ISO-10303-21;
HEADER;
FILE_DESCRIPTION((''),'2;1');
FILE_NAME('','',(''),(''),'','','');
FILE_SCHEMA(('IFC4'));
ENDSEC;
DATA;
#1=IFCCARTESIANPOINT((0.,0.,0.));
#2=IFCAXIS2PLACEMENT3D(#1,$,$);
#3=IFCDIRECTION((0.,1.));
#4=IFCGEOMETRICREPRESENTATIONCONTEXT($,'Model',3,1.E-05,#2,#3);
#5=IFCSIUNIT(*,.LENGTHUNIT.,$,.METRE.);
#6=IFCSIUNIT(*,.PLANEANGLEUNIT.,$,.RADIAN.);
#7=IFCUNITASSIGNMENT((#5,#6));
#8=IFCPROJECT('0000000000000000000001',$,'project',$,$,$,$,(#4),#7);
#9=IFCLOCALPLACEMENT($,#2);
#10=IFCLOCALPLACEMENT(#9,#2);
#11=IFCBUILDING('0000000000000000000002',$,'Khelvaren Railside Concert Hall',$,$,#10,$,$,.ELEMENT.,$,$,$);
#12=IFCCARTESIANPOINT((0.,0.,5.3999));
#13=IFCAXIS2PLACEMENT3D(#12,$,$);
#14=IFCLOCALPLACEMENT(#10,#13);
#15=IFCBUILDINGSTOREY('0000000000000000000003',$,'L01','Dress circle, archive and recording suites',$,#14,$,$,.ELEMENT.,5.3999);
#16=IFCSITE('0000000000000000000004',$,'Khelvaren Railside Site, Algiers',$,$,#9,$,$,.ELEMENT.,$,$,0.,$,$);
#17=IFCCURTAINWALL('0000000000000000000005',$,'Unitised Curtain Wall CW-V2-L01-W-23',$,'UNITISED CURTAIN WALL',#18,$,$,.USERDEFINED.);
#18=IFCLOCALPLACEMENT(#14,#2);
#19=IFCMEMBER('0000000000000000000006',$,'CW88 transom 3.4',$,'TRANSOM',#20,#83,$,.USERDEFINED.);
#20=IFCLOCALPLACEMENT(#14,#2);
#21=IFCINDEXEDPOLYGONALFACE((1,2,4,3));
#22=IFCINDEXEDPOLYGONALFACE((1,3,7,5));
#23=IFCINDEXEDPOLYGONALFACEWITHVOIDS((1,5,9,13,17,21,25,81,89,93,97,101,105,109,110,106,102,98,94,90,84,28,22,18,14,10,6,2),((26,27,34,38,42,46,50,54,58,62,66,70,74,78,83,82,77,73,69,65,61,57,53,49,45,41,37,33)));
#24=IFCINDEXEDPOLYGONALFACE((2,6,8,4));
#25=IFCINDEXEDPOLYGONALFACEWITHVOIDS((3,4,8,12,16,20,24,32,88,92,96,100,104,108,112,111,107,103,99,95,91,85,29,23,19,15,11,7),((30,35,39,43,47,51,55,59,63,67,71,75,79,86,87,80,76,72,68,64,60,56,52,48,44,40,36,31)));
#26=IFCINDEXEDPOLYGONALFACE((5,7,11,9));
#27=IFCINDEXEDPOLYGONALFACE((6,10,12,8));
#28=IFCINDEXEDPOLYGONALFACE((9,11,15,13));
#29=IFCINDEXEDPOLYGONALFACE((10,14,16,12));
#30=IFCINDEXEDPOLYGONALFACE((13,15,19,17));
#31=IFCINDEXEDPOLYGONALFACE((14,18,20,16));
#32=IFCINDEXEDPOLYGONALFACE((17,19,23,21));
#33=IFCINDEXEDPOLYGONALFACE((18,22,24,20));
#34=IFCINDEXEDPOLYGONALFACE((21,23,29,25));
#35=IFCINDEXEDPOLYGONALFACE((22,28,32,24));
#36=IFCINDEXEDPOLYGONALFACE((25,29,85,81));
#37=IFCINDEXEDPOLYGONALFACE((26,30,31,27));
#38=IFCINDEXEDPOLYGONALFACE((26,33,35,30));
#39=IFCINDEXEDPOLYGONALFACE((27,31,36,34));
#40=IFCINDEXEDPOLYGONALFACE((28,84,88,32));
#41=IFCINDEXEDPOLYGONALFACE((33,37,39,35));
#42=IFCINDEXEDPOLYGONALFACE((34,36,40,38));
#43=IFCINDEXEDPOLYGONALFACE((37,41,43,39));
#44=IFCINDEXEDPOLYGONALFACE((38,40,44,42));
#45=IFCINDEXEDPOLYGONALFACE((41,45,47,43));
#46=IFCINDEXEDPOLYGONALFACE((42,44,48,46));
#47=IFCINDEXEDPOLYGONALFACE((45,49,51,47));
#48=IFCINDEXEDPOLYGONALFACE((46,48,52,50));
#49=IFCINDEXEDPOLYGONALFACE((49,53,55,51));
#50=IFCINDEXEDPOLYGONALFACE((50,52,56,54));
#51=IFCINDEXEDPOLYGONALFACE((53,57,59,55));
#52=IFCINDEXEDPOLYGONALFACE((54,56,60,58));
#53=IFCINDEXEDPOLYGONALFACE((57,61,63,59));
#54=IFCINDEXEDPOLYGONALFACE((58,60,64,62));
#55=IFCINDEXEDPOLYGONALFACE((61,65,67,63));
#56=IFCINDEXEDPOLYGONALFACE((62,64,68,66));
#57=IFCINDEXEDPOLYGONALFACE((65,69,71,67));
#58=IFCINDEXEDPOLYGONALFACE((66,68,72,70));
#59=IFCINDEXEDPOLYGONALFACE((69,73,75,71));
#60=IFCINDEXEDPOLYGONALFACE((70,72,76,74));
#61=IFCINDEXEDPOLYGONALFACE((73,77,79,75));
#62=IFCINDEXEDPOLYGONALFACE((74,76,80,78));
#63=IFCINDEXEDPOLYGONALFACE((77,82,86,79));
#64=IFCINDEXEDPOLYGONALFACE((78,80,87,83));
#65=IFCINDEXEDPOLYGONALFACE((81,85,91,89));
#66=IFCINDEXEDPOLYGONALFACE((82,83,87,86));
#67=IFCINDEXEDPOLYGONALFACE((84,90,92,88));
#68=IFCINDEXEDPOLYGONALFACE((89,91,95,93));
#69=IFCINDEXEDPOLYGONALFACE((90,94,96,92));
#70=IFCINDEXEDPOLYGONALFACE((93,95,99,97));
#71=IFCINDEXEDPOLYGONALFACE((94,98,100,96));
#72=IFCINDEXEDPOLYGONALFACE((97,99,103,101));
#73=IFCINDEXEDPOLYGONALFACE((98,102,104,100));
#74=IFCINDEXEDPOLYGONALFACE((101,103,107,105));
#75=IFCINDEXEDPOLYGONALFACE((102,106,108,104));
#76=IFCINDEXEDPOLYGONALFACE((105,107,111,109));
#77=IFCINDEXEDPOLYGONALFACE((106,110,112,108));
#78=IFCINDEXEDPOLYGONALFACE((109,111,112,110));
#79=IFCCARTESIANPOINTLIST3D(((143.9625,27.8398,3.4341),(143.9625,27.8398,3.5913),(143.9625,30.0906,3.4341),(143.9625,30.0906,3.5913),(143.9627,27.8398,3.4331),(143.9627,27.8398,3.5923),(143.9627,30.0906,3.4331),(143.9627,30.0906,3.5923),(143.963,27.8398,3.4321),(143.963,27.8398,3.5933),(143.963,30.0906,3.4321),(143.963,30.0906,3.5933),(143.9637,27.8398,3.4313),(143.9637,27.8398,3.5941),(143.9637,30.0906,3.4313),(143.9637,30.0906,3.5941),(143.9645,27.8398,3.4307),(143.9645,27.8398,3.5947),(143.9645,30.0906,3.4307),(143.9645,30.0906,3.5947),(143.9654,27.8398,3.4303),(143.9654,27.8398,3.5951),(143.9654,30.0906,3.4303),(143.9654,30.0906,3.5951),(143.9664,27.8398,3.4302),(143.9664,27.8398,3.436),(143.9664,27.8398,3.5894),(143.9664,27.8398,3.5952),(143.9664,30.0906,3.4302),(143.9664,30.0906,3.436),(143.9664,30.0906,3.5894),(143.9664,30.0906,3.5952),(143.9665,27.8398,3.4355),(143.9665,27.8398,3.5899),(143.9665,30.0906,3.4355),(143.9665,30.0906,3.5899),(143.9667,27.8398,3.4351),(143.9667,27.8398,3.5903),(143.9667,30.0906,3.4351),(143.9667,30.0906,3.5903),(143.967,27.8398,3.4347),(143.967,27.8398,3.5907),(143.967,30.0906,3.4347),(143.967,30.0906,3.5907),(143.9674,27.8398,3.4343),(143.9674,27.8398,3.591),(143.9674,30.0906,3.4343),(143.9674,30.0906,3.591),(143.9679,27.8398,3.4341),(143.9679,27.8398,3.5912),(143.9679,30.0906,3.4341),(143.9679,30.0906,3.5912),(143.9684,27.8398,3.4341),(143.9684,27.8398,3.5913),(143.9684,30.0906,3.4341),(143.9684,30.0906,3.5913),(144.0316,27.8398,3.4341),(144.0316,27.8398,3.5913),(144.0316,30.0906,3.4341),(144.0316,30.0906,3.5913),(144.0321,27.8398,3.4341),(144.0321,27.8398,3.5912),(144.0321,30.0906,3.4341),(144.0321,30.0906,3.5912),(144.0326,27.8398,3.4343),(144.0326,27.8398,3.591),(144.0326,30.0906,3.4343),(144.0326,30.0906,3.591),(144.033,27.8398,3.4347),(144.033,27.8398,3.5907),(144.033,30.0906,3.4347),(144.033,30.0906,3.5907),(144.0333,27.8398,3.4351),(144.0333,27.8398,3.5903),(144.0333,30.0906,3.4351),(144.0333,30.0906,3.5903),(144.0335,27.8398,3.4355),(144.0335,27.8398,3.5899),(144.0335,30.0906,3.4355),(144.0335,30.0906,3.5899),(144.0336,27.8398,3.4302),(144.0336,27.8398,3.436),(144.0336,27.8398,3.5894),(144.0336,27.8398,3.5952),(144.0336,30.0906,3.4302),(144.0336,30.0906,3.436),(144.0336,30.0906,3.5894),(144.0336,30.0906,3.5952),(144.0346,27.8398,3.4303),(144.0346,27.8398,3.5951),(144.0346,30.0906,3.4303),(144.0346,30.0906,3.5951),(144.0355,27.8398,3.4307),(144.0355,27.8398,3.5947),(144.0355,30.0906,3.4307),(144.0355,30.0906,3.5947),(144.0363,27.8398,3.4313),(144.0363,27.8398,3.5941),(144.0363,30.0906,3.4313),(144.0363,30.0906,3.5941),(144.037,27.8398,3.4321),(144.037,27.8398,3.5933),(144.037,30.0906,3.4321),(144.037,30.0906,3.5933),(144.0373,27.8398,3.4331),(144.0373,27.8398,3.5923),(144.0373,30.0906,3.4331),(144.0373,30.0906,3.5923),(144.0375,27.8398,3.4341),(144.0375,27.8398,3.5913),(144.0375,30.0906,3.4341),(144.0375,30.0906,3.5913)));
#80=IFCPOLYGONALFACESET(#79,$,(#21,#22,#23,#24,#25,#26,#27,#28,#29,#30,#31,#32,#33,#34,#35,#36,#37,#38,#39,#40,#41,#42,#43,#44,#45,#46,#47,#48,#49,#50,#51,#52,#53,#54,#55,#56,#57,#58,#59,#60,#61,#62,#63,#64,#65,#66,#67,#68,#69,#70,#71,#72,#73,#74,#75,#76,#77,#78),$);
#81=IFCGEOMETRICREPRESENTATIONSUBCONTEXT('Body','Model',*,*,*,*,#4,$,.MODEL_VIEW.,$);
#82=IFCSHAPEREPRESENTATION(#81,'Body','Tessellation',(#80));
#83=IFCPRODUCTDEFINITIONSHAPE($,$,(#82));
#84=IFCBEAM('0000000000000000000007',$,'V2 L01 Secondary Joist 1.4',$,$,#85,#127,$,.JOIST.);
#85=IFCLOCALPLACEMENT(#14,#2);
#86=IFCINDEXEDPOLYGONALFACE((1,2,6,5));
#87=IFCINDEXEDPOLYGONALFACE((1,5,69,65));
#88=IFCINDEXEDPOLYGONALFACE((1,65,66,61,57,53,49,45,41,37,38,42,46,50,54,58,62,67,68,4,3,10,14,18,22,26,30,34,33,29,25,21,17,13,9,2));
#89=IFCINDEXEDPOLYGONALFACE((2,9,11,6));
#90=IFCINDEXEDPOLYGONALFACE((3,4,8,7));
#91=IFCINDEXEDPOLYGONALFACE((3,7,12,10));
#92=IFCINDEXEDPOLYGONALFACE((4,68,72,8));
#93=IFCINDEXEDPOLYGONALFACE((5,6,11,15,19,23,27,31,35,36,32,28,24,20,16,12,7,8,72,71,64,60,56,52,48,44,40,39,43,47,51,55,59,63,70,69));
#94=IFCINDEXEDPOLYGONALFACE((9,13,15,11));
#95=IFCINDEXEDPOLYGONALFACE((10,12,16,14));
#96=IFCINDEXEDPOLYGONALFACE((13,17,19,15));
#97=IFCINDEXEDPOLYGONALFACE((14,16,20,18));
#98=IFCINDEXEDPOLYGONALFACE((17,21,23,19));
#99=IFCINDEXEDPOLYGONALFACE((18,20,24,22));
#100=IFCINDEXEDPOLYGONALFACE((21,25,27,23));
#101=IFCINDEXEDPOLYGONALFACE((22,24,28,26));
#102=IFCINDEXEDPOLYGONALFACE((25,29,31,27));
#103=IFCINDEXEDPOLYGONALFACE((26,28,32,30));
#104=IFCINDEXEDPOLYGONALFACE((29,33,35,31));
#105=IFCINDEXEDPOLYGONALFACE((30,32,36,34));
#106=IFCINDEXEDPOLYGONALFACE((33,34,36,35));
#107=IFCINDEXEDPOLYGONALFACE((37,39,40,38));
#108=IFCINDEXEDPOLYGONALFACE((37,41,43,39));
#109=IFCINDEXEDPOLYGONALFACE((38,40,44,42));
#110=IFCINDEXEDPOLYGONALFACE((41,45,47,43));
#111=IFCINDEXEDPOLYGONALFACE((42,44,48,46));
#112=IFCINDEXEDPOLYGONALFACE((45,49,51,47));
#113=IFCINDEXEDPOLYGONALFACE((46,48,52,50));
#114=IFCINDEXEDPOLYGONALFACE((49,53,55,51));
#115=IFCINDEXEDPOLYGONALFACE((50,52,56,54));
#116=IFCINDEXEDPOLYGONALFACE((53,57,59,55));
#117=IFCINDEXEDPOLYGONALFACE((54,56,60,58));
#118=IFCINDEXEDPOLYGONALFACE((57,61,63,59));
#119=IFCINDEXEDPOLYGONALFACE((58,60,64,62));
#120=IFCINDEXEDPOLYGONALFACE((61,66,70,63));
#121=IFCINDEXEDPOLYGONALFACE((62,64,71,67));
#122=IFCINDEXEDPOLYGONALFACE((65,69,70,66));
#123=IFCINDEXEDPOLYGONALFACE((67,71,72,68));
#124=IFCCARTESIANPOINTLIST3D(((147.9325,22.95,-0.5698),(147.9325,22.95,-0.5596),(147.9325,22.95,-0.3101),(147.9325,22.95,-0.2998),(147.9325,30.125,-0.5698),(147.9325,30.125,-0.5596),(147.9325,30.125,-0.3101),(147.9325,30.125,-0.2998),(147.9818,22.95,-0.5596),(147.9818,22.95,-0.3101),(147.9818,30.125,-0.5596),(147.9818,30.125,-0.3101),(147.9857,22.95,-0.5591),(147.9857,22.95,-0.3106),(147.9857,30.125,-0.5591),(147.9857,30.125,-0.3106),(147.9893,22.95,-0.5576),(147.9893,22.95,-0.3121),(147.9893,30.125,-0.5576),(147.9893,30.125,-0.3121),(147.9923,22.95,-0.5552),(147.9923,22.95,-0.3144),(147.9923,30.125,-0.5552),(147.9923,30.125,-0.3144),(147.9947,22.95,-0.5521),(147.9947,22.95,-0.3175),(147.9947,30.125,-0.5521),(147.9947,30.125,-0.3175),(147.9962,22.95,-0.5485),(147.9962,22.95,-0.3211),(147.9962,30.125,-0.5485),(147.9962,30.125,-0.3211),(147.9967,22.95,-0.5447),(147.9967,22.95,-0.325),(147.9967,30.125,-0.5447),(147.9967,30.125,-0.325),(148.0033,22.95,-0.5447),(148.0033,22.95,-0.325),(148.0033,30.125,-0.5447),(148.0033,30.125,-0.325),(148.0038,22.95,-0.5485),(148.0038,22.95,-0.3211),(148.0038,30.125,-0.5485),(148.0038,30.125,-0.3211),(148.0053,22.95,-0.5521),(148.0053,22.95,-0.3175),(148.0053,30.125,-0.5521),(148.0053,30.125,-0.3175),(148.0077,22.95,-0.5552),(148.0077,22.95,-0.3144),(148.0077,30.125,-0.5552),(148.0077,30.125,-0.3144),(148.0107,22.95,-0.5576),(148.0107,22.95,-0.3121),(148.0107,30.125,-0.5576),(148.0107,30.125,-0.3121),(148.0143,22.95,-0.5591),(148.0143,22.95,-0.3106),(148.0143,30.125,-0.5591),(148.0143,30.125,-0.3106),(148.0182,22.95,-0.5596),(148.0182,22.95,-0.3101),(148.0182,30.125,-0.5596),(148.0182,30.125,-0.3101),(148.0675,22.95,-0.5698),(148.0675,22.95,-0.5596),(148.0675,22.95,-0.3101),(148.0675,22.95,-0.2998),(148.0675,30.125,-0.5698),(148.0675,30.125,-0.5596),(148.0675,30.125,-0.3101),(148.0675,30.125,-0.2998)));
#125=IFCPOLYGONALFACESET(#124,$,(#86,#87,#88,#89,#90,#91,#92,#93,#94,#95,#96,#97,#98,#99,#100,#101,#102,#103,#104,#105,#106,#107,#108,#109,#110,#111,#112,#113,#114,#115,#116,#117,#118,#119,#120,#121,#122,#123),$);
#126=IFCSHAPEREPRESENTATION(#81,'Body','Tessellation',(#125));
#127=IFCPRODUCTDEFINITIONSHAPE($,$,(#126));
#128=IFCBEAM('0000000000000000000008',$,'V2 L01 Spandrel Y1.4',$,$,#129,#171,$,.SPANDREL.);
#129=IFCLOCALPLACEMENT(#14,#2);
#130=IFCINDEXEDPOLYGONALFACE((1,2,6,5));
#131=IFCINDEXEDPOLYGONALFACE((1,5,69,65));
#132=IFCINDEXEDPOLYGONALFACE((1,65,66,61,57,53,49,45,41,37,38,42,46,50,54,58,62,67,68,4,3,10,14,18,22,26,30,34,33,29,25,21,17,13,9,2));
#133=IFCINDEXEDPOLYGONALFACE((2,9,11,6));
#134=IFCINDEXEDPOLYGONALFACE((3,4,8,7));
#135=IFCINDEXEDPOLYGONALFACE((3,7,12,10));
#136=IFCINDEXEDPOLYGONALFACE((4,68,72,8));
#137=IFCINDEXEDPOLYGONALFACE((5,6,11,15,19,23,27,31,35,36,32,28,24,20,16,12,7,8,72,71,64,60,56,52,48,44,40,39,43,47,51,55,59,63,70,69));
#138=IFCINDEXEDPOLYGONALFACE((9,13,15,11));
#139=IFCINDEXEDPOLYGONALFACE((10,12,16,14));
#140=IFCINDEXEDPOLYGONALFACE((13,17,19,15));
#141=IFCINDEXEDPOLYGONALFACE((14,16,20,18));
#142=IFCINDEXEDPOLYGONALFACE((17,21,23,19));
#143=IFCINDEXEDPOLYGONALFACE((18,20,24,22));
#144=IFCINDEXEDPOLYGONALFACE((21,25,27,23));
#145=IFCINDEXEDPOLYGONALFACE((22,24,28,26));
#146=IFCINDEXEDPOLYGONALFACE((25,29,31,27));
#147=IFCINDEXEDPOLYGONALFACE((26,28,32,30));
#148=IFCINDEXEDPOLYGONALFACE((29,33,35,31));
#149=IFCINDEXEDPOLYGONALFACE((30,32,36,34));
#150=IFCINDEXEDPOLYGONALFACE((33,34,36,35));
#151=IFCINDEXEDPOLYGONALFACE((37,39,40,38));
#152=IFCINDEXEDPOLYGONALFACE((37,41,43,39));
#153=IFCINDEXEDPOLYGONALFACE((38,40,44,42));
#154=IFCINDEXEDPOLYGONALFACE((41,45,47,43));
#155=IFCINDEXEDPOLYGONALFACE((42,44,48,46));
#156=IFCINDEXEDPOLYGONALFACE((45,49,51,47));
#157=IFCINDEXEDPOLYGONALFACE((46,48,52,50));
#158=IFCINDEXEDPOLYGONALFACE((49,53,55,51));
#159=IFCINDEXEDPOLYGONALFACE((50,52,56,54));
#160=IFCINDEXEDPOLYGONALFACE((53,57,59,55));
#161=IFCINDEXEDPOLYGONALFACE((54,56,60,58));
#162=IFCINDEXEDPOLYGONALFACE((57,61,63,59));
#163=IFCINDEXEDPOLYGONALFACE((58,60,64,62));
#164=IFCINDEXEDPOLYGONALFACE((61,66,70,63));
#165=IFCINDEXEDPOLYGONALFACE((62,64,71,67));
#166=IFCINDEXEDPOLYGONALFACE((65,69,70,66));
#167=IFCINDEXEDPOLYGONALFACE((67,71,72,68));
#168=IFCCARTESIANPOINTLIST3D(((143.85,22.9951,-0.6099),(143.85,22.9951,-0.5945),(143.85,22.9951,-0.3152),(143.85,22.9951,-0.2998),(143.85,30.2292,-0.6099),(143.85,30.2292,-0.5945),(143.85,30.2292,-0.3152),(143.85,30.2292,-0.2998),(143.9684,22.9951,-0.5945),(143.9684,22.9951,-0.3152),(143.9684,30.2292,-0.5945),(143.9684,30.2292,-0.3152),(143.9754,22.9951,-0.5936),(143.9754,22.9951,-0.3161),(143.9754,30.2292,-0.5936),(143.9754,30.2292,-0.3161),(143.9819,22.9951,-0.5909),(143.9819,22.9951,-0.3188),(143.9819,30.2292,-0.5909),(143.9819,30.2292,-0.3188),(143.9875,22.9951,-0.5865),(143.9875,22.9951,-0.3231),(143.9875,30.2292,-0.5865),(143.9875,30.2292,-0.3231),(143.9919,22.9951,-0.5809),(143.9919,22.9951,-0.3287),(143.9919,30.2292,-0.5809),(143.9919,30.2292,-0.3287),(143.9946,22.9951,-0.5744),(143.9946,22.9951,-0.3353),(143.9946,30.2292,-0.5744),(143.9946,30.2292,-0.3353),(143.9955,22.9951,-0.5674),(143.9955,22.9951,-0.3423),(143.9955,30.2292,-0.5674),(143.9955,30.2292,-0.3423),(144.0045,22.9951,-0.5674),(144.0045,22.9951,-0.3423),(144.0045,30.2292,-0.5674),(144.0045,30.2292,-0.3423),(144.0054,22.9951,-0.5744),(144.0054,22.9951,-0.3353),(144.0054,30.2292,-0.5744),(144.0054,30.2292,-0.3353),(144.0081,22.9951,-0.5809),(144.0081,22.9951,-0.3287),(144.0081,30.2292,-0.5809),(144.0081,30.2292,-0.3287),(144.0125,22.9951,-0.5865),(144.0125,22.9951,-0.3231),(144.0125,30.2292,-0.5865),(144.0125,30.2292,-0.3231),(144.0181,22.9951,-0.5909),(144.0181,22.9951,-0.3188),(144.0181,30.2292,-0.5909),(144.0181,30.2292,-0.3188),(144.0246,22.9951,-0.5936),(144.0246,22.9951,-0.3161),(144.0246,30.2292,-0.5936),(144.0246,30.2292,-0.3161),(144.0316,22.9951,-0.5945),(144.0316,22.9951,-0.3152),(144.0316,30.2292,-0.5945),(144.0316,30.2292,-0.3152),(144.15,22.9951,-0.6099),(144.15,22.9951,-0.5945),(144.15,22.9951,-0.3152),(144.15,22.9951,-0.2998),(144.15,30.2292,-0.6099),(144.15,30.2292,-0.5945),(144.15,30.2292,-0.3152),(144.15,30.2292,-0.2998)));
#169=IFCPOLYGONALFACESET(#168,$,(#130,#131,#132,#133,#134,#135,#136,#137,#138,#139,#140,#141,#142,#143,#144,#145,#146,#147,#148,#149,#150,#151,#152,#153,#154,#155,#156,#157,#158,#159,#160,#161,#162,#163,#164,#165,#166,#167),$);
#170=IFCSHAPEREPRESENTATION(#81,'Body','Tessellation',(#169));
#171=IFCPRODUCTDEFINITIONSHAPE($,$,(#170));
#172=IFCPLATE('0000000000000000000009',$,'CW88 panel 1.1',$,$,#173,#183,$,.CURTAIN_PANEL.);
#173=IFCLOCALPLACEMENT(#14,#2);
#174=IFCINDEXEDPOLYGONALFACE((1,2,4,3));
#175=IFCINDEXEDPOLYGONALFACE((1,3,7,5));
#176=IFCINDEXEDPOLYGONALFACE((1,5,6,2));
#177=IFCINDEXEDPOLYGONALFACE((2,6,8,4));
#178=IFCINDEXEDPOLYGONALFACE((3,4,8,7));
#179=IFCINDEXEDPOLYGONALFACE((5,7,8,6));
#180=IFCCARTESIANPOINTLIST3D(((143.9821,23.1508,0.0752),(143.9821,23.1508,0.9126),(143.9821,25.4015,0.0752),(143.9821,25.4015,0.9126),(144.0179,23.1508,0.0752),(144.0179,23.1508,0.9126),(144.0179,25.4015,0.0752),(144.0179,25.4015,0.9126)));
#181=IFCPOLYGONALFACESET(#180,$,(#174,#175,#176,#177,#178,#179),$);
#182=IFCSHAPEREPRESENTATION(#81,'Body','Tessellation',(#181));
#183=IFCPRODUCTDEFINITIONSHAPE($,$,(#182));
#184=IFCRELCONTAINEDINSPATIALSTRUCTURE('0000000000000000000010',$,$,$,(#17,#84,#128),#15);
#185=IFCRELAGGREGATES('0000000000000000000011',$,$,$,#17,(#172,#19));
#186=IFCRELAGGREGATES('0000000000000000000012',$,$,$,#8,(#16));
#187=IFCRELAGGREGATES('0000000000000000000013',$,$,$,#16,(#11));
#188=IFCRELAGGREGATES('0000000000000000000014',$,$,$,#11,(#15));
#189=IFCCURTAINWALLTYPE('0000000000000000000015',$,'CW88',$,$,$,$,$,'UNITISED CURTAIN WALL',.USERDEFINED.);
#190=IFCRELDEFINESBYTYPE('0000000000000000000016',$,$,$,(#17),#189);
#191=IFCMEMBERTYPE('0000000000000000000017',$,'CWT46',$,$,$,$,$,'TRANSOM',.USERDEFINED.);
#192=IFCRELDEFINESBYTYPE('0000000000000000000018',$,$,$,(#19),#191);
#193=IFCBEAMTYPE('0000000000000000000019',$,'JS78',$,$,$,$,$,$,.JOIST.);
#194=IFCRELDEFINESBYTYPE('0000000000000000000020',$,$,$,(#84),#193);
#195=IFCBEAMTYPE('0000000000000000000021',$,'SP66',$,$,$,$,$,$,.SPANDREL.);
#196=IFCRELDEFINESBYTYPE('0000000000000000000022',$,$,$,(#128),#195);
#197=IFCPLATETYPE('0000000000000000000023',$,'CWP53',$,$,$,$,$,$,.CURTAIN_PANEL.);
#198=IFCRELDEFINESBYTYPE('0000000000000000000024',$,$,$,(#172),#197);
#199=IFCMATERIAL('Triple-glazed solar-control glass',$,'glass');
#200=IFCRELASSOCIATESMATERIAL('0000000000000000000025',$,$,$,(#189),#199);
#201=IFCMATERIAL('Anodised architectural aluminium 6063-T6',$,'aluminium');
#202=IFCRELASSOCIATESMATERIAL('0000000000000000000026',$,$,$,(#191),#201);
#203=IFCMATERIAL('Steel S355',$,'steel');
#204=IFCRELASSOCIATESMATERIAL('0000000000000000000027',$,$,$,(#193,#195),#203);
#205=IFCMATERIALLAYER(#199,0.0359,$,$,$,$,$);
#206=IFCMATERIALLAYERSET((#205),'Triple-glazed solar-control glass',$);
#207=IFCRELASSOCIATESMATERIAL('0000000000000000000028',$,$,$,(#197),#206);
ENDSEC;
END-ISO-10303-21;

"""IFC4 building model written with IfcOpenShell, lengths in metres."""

from ifc_helpers import new_model, si_unit, direction, frame, origin, origin_2d, place, context, subcontext, project, spatial, rectangle, hollow_rectangle, i_section, extrude, material, layer, layer_set, material_profile, profile_set, type_object, element, aggregate, save


model = new_model("IFC4")

# Units and contexts
model_context = context("Model", 3, precision=1e-05, world=origin(), true_north=direction((0.0, 1.0)))
body_context = subcontext(model_context, "Body", "Model", "MODEL_VIEW")
ifc_project = project(units=[si_unit("LENGTHUNIT", "METRE"), si_unit("PLANEANGLEUNIT", "RADIAN")], contexts=[model_context])

# Site, building, storey
site_placement = place(None, origin())
site = spatial("IfcSite", under=ifc_project, at=site_placement, Name="Khelvaren Railside Site, Algiers", CompositionType="ELEMENT", RefElevation=0.0)
building_placement = place(site_placement, origin())
building = spatial("IfcBuilding", under=site, at=building_placement, Name="Khelvaren Railside Concert Hall", CompositionType="ELEMENT")
storey_placement = place(building_placement, frame((0.0, 0.0, 5.3999)))
storey = spatial("IfcBuildingStorey", under=building, at=storey_placement, Name="L01", Description="Dress circle, archive and recording suites", CompositionType="ELEMENT", Elevation=5.3999)

# Shared definitions
ifc_material_1 = material(Name="Steel S355", Category="steel")

# Curtain wall, member
ifc_material_2 = material(Name="Triple-glazed solar-control glass", Category="glass")
curtain_wall_type = type_object("IfcCurtainWallType", Name="CW88", ElementType="UNITISED CURTAIN WALL", PredefinedType="USERDEFINED", material=ifc_material_2)
curtain_wall_placement = place(storey_placement, origin())
curtain_wall = element("IfcCurtainWall", 1, at=curtain_wall_placement, inside=storey, type_object=curtain_wall_type, Name="Unitised Curtain Wall CW-V2-L01-W-23", ObjectType="UNITISED CURTAIN WALL", PredefinedType="USERDEFINED")
ifc_material_3 = material(Name="Anodised architectural aluminium 6063-T6", Category="aluminium")
ifc_material_profile_1 = material_profile(ifc_material_3, hollow_rectangle(XDim=0.075, YDim=0.165, WallThickness=0.0039, InnerFilletRadius=0.002, OuterFilletRadius=0.0039, at=origin_2d()), Name="CWT 75x165x4")
ifc_profile_set_1 = profile_set([ifc_material_profile_1], Name="Anodised architectural aluminium 6063-T6")
member_type_1 = type_object("IfcMemberType", Name="CWT46", ElementType="TRANSOM", PredefinedType="USERDEFINED", material=ifc_profile_set_1)
member_1_placement = place(storey_placement, frame((144.0, 27.8398, 3.5127), z_axis=(0.0, 1.0, 0.0), x_axis=(-1.0, 0.0, 0.0)))
member_1 = element("IfcMember", 2, at=member_1_placement, type_object=member_type_1, Name="CW88 transom 3.4", ObjectType="TRANSOM", PredefinedType="USERDEFINED", context=body_context, shape_type="SweptSolid", body=[
    extrude(hollow_rectangle(XDim=0.075, YDim=0.165, WallThickness=0.0039, InnerFilletRadius=0.002, OuterFilletRadius=0.0039, at=origin_2d()), origin(), (0.0, 0.0, 1.0), 2.2507),
])

# Beams
ifc_material_profile_2 = material_profile(ifc_material_1, i_section(OverallWidth=0.135, OverallDepth=0.27, WebThickness=0.0066, FlangeThickness=0.0103, FilletRadius=0.0149, at=origin_2d()), Name="IPE 270")
ifc_profile_set_2 = profile_set([ifc_material_profile_2], Name="Steel S355")
beam_type_1 = type_object("IfcBeamType", Name="JS78", PredefinedType="JOIST", material=ifc_profile_set_2)
beam_1_placement = place(storey_placement, frame((148.0, 22.95, -0.4348), z_axis=(0.0, 1.0, 0.0), x_axis=(-1.0, 0.0, 0.0)))
element("IfcBeam", 3, at=beam_1_placement, inside=storey, type_object=beam_type_1, Name="V2 L01 Secondary Joist 1.4", PredefinedType="JOIST", context=body_context, shape_type="SweptSolid", body=[
    extrude(i_section(OverallWidth=0.135, OverallDepth=0.27, WebThickness=0.0066, FlangeThickness=0.0103, FilletRadius=0.0149, at=origin_2d()), origin(), (0.0, 0.0, 1.0), 7.175),
])
ifc_material_profile_3 = material_profile(ifc_material_1, i_section(OverallWidth=0.3, OverallDepth=0.3101, WebThickness=0.009, FlangeThickness=0.0154, FilletRadius=0.0271, at=origin_2d()), Name="HEA 320")
ifc_profile_set_3 = profile_set([ifc_material_profile_3], Name="Steel S355")
beam_type_2 = type_object("IfcBeamType", Name="SP66", PredefinedType="SPANDREL", material=ifc_profile_set_3)
beam_2_placement = place(storey_placement, frame((144.0, 22.9951, -0.4548), z_axis=(0.0, 1.0, 0.0), x_axis=(-1.0, 0.0, 0.0)))
element("IfcBeam", 4, at=beam_2_placement, inside=storey, type_object=beam_type_2, Name="V2 L01 Spandrel Y1.4", PredefinedType="SPANDREL", context=body_context, shape_type="SweptSolid", body=[
    extrude(i_section(OverallWidth=0.3, OverallDepth=0.3101, WebThickness=0.009, FlangeThickness=0.0154, FilletRadius=0.0271, at=origin_2d()), origin(), (0.0, 0.0, 1.0), 7.2341),
])

# Plate
ifc_layer_1 = layer(ifc_material_2, 0.0359)
ifc_layer_set_1 = layer_set([ifc_layer_1], Name="Triple-glazed solar-control glass")
plate_type = type_object("IfcPlateType", Name="CWP53", PredefinedType="CURTAIN_PANEL", material=ifc_layer_set_1)
plate_1_placement = place(storey_placement, frame((144.0, 24.2761, 0.0752), z_axis=(0.0, 0.0, 1.0), x_axis=(0.0, 1.0, 0.0)))
plate_1 = element("IfcPlate", 5, at=plate_1_placement, type_object=plate_type, Name="CW88 panel 1.1", PredefinedType="CURTAIN_PANEL", context=body_context, shape_type="SweptSolid", body=[
    extrude(rectangle(XDim=2.2507, YDim=0.0359, at=origin_2d()), origin(), (0.0, 0.0, 1.0), 0.8374),
])
aggregate(curtain_wall, [plate_1, member_1])

save(model, "model.ifc")
